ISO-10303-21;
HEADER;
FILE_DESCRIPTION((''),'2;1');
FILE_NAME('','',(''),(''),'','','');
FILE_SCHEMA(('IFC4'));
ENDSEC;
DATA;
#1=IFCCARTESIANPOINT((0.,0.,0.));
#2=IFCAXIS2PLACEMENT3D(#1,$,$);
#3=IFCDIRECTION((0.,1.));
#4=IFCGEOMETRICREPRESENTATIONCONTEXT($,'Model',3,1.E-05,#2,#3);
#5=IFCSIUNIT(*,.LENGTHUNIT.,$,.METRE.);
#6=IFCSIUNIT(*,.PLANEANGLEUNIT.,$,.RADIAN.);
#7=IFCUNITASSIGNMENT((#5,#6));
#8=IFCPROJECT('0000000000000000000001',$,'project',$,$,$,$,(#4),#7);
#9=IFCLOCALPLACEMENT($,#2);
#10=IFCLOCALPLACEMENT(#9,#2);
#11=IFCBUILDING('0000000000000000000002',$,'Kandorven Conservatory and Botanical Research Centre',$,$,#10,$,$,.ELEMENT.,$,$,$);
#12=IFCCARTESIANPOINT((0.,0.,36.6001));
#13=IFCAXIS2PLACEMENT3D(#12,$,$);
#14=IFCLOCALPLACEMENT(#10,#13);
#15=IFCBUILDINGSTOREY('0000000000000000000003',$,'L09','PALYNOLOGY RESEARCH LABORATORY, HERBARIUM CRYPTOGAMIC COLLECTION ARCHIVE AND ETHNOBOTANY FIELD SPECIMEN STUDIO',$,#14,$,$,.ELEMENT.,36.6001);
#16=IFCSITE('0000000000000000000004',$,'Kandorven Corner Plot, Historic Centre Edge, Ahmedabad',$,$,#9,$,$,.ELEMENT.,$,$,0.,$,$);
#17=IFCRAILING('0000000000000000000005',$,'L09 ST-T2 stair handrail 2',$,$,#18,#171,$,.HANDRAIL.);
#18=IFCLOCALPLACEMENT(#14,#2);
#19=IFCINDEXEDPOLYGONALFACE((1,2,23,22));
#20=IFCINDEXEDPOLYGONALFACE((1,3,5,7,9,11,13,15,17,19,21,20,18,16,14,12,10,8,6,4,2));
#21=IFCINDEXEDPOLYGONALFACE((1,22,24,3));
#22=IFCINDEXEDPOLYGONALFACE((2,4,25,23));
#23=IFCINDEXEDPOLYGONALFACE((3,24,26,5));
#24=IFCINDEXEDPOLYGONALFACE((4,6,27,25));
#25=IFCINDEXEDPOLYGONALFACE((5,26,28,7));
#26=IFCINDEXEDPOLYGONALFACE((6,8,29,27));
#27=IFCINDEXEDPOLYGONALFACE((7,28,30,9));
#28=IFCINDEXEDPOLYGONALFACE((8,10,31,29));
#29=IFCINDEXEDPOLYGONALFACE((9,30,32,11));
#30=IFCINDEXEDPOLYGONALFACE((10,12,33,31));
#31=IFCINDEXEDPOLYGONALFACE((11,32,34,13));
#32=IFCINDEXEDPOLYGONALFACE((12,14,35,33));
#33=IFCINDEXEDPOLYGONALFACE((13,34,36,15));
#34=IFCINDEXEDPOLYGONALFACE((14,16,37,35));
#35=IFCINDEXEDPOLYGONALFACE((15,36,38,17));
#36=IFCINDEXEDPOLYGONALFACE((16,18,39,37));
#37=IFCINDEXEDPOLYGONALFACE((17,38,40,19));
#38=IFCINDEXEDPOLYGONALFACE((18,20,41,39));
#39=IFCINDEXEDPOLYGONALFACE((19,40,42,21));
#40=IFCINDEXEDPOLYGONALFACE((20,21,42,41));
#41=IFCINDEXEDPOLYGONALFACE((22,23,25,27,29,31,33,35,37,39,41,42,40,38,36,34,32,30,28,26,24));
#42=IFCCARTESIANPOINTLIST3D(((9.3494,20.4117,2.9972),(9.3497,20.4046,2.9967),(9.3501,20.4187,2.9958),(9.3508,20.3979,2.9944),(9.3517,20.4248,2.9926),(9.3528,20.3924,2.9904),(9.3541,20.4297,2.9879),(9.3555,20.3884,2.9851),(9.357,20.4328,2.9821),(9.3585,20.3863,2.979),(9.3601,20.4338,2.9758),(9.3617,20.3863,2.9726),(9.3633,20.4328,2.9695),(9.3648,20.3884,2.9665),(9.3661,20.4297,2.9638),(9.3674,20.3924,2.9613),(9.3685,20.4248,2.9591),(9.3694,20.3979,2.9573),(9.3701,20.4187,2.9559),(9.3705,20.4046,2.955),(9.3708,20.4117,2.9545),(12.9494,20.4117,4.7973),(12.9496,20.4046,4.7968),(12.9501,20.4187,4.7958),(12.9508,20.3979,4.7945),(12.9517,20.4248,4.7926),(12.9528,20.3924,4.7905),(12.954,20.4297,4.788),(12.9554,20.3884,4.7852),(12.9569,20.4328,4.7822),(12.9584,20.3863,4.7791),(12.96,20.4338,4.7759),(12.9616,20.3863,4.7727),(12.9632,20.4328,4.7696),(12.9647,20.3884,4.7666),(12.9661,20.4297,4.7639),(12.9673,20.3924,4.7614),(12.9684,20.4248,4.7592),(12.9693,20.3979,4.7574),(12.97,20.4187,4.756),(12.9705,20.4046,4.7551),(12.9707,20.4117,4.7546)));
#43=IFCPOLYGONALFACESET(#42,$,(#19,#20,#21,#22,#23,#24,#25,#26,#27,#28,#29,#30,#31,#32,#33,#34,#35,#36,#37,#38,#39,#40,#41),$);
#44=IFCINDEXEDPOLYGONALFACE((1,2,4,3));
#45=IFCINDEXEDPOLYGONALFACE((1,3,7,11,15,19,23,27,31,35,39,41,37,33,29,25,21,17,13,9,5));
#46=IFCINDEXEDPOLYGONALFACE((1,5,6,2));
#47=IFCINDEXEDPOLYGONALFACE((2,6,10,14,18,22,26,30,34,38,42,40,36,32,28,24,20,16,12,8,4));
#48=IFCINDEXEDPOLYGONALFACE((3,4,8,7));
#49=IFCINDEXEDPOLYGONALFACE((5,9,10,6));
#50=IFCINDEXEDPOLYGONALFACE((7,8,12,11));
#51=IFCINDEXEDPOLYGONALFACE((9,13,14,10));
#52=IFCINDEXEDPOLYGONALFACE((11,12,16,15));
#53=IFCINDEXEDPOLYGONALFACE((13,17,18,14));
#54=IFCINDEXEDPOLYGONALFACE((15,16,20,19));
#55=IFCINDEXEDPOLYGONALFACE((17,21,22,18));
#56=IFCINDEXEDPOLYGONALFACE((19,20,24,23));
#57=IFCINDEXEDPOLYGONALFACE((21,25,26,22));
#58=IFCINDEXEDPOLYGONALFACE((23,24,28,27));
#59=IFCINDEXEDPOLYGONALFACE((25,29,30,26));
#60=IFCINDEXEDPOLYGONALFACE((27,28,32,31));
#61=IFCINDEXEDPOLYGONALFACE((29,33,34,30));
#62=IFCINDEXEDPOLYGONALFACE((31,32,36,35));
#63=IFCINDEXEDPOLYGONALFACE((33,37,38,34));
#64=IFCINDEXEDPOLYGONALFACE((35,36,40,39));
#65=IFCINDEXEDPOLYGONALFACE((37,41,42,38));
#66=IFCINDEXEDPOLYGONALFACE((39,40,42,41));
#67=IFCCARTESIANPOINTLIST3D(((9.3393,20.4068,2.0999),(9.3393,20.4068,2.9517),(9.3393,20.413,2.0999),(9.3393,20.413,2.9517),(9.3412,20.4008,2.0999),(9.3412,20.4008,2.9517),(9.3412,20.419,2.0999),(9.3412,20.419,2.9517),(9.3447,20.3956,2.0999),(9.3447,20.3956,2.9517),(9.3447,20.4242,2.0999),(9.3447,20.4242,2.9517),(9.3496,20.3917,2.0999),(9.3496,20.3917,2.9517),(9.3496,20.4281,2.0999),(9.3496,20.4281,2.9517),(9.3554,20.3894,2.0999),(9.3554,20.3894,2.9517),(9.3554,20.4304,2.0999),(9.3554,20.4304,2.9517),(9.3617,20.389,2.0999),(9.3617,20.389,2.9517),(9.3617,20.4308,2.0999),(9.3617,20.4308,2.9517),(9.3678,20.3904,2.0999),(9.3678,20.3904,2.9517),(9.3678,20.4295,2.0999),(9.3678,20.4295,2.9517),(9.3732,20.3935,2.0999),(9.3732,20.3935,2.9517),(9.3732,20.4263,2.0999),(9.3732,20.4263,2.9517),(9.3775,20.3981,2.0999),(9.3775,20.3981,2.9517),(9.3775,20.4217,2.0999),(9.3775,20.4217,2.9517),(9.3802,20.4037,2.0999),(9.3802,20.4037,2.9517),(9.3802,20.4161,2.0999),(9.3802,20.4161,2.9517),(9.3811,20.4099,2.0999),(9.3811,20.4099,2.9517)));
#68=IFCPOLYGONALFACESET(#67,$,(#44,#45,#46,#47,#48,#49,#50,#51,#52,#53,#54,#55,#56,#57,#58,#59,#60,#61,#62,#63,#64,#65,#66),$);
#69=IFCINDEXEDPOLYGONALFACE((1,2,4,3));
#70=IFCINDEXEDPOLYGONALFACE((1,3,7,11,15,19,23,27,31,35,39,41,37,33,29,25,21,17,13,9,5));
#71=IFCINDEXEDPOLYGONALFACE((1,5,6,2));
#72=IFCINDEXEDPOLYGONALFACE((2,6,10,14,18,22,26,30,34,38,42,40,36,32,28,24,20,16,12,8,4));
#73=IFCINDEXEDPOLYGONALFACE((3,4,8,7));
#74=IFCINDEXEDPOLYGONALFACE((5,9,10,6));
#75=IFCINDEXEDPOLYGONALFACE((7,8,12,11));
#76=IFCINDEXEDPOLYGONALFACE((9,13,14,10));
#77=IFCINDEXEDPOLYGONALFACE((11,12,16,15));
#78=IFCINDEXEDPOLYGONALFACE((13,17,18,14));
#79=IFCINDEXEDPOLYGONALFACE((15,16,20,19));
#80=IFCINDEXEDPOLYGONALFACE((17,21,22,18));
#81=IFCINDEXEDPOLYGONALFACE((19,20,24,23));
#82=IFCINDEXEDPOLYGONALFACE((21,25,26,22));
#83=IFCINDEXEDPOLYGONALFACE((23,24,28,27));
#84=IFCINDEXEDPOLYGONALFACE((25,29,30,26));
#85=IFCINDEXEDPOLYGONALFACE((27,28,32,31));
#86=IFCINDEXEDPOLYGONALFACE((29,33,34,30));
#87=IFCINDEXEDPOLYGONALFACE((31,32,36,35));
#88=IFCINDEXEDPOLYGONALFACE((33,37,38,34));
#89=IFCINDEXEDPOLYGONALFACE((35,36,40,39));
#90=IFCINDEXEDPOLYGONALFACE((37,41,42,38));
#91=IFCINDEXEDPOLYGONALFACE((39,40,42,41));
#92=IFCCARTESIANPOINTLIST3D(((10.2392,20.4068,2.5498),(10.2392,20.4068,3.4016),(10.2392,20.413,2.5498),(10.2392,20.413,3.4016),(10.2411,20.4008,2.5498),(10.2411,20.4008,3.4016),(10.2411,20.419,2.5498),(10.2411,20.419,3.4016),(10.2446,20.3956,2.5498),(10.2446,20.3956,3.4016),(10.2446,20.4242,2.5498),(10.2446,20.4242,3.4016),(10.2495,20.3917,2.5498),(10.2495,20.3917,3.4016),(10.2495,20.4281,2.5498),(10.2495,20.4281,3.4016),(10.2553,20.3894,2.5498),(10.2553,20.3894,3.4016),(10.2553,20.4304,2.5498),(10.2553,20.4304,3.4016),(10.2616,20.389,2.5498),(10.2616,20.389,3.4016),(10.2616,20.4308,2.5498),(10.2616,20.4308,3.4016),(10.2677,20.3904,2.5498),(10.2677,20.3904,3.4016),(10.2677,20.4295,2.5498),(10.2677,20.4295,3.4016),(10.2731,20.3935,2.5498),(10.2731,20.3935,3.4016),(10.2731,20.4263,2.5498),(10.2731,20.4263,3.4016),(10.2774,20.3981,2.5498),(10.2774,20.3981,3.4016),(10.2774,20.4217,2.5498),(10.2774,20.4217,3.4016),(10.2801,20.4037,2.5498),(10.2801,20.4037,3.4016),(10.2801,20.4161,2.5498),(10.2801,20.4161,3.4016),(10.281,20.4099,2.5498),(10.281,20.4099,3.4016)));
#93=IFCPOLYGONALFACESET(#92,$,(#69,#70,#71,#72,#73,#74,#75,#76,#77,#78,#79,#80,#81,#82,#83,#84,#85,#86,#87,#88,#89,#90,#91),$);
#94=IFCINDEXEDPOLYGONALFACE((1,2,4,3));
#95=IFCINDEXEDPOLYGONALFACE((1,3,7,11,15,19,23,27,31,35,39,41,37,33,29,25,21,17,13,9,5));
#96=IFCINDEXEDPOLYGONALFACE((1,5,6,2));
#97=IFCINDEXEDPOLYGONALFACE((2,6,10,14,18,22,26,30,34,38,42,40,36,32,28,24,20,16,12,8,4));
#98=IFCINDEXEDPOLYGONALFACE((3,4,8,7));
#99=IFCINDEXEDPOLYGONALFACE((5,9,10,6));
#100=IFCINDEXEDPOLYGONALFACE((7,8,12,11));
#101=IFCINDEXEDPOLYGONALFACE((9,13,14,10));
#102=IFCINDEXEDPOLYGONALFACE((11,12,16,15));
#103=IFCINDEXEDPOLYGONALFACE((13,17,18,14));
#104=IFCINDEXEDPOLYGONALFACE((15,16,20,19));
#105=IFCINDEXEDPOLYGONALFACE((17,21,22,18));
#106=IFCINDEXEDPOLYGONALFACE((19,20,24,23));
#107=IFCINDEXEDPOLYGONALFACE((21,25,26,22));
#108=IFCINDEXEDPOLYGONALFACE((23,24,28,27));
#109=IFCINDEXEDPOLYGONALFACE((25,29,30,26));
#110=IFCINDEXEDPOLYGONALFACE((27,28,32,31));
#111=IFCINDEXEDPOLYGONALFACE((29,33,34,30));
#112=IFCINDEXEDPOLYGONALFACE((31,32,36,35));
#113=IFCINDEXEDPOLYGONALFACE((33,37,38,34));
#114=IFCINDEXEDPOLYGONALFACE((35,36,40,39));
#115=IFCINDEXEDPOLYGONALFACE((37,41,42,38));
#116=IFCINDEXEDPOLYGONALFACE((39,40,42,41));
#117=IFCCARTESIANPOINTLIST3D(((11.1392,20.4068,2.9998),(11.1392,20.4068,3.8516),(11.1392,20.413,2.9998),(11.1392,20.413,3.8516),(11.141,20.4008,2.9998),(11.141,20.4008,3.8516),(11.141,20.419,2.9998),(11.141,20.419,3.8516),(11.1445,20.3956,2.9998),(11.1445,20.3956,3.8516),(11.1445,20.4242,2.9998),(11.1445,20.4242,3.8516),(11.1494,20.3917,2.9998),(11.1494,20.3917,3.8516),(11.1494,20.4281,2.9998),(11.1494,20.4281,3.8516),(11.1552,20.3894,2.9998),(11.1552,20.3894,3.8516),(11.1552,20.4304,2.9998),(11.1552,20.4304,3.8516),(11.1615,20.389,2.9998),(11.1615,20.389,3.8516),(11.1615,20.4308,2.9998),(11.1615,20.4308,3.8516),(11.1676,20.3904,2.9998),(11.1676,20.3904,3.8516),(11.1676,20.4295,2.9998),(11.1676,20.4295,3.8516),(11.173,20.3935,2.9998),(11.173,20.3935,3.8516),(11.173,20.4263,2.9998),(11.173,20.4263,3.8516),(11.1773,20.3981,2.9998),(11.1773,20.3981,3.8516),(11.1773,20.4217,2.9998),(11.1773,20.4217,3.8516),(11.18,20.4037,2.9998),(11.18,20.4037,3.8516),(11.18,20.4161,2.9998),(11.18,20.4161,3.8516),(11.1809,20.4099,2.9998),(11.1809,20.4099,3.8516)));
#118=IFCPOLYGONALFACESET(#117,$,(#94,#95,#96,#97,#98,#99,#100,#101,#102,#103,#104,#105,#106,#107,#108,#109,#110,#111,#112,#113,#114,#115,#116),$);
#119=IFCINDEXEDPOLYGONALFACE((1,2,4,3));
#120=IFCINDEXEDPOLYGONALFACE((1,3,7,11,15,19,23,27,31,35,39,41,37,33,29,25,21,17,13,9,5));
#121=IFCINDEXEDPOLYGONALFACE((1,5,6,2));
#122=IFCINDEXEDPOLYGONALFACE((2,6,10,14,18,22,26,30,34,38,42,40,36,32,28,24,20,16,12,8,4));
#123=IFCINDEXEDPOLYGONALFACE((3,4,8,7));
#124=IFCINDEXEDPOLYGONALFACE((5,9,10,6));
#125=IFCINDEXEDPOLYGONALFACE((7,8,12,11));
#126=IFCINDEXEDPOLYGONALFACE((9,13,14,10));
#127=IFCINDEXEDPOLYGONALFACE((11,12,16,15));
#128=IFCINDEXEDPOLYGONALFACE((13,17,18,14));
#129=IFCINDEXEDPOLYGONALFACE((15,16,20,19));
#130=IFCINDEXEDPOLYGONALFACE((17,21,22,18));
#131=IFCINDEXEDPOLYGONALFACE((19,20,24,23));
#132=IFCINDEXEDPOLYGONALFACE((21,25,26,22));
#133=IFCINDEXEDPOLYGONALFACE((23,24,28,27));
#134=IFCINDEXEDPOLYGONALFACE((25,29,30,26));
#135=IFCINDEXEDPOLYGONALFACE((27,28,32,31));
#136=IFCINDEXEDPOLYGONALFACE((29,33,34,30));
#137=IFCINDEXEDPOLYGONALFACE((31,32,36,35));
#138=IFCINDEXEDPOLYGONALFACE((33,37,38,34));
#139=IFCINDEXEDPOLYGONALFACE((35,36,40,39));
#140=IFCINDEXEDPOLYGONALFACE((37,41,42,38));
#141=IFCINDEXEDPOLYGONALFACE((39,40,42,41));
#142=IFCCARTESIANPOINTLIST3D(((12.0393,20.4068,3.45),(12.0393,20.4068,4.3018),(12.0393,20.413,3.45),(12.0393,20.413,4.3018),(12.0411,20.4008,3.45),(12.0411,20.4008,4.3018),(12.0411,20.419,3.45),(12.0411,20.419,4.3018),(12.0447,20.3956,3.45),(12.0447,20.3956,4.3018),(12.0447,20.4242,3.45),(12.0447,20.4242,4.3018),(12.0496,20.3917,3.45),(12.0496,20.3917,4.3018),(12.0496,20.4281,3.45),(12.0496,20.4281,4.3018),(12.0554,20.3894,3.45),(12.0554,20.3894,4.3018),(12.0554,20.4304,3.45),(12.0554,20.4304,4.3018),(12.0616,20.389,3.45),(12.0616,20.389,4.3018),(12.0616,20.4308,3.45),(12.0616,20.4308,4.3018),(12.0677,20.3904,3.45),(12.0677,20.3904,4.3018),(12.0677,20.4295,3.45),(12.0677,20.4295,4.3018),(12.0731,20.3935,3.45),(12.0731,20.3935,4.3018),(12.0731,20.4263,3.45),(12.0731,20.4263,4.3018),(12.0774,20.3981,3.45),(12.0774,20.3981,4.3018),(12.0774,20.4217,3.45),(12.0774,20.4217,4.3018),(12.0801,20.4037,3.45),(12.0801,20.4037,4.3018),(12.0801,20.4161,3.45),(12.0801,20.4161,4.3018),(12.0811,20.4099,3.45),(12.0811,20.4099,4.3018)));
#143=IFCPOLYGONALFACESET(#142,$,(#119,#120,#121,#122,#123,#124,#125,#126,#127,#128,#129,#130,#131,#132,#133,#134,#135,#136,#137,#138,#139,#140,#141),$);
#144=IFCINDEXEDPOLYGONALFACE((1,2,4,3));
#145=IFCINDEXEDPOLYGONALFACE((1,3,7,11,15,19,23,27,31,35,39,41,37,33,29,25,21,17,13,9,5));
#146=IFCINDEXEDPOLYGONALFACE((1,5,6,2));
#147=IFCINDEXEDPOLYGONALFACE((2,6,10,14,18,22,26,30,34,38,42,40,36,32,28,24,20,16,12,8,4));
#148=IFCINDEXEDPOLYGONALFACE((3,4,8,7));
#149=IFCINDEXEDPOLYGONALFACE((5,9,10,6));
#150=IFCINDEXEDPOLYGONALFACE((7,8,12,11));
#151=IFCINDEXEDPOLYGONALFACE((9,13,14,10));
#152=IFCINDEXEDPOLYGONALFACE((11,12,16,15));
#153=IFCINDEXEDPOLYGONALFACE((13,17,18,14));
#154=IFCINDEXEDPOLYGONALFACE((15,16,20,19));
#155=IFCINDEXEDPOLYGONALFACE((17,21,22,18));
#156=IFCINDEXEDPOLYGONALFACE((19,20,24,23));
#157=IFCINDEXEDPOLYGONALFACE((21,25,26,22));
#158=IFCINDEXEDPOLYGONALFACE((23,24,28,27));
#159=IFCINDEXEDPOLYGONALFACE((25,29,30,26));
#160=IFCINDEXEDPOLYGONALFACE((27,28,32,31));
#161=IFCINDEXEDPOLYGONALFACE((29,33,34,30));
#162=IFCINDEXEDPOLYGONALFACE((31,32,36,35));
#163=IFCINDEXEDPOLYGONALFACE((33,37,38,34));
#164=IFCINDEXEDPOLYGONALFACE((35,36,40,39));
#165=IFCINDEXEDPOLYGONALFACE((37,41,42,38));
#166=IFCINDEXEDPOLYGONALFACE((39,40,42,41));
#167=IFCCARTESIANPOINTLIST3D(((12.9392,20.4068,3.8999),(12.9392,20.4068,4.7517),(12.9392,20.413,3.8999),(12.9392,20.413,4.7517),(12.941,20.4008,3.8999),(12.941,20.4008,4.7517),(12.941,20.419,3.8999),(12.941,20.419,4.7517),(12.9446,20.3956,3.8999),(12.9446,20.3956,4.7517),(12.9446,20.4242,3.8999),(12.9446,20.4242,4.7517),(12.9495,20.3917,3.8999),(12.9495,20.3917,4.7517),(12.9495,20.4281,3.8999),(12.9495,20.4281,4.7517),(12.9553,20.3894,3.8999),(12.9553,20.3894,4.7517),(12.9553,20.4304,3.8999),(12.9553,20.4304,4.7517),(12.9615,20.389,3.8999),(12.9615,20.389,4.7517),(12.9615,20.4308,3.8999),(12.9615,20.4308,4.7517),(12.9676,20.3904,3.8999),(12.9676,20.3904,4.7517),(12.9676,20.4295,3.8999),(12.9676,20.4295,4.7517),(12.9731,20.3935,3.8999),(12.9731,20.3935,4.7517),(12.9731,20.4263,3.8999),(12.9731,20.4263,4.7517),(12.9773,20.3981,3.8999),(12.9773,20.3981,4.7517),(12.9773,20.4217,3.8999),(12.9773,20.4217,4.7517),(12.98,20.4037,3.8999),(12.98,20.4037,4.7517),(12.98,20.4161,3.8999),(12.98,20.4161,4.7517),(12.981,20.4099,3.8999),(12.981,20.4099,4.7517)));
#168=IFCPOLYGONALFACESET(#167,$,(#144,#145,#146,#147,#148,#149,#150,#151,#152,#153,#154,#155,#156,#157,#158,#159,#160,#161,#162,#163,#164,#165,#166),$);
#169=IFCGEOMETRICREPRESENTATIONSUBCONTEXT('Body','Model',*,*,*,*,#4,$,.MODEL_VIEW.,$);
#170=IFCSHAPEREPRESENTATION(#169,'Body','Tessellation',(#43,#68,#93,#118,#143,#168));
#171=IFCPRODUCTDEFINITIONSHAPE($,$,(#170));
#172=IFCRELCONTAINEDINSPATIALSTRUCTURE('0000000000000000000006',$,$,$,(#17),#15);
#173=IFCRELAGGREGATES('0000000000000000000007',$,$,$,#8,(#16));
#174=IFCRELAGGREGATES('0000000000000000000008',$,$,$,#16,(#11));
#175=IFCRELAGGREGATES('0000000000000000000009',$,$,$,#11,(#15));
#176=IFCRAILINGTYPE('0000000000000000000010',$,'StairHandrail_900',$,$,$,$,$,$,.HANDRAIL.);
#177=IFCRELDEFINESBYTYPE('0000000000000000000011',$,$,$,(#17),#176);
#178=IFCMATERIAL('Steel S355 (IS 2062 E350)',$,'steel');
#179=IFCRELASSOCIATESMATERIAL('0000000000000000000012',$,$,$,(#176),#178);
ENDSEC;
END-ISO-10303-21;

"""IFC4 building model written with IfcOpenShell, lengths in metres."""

from ifc_helpers import new_model, si_unit, direction, frame, origin, origin_2d, place, context, subcontext, project, spatial, circle, extrude, material, type_object, element, save


model = new_model("IFC4")

# Units and contexts
model_context = context("Model", 3, precision=1e-05, world=origin(), true_north=direction((0.0, 1.0)))
body_context = subcontext(model_context, "Body", "Model", "MODEL_VIEW")
ifc_project = project(units=[si_unit("LENGTHUNIT", "METRE"), si_unit("PLANEANGLEUNIT", "RADIAN")], contexts=[model_context])

# Site, building, storey
site_placement = place(None, origin())
site = spatial("IfcSite", under=ifc_project, at=site_placement, Name="Kandorven Corner Plot, Historic Centre Edge, Ahmedabad", CompositionType="ELEMENT", RefElevation=0.0)
building_placement = place(site_placement, origin())
building = spatial("IfcBuilding", under=site, at=building_placement, Name="Kandorven Conservatory and Botanical Research Centre", CompositionType="ELEMENT")
storey_placement = place(building_placement, frame((0.0, 0.0, 36.6001)))
storey = spatial("IfcBuildingStorey", under=building, at=storey_placement, Name="L09", Description="PALYNOLOGY RESEARCH LABORATORY, HERBARIUM CRYPTOGAMIC COLLECTION ARCHIVE AND ETHNOBOTANY FIELD SPECIMEN STUDIO", CompositionType="ELEMENT", Elevation=36.6001)

# Railing
ifc_material_1 = material(Name="Steel S355 (IS 2062 E350)", Category="steel")
railing_type_1 = type_object("IfcRailingType", Name="StairHandrail_900", PredefinedType="HANDRAIL", material=ifc_material_1)
railing_1_placement = place(storey_placement, frame((9.3601, 20.4099, 2.0999)))
element("IfcRailing", 1, at=railing_1_placement, inside=storey, type_object=railing_type_1, Name="L09 ST-T2 stair handrail 2", PredefinedType="HANDRAIL", context=body_context, shape_type="SweptSolid", body=[
    extrude(circle(Radius=0.0239, at=origin_2d()), frame((0.0, 0.0, 0.876), z_axis=(0.894415, 0.0, 0.447238), x_axis=(0.0, 1.0, 0.0)), (0.0, 0.0, 1.0), 4.0249),
    extrude(circle(Radius=0.021, at=origin_2d()), origin(), (0.0, 0.0, 1.0), 0.8518),
    extrude(circle(Radius=0.021, at=origin_2d()), frame((0.8999, 0.0, 0.45)), (0.0, 0.0, 1.0), 0.8518),
    extrude(circle(Radius=0.021, at=origin_2d()), frame((1.7998, 0.0, 0.8999)), (0.0, 0.0, 1.0), 0.8518),
    extrude(circle(Radius=0.021, at=origin_2d()), frame((2.7, 0.0, 1.3501)), (0.0, 0.0, 1.0), 0.8518),
    extrude(circle(Radius=0.021, at=origin_2d()), frame((3.5999, 0.0, 1.8)), (0.0, 0.0, 1.0), 0.8518),
])

save(model, "model.ifc")
